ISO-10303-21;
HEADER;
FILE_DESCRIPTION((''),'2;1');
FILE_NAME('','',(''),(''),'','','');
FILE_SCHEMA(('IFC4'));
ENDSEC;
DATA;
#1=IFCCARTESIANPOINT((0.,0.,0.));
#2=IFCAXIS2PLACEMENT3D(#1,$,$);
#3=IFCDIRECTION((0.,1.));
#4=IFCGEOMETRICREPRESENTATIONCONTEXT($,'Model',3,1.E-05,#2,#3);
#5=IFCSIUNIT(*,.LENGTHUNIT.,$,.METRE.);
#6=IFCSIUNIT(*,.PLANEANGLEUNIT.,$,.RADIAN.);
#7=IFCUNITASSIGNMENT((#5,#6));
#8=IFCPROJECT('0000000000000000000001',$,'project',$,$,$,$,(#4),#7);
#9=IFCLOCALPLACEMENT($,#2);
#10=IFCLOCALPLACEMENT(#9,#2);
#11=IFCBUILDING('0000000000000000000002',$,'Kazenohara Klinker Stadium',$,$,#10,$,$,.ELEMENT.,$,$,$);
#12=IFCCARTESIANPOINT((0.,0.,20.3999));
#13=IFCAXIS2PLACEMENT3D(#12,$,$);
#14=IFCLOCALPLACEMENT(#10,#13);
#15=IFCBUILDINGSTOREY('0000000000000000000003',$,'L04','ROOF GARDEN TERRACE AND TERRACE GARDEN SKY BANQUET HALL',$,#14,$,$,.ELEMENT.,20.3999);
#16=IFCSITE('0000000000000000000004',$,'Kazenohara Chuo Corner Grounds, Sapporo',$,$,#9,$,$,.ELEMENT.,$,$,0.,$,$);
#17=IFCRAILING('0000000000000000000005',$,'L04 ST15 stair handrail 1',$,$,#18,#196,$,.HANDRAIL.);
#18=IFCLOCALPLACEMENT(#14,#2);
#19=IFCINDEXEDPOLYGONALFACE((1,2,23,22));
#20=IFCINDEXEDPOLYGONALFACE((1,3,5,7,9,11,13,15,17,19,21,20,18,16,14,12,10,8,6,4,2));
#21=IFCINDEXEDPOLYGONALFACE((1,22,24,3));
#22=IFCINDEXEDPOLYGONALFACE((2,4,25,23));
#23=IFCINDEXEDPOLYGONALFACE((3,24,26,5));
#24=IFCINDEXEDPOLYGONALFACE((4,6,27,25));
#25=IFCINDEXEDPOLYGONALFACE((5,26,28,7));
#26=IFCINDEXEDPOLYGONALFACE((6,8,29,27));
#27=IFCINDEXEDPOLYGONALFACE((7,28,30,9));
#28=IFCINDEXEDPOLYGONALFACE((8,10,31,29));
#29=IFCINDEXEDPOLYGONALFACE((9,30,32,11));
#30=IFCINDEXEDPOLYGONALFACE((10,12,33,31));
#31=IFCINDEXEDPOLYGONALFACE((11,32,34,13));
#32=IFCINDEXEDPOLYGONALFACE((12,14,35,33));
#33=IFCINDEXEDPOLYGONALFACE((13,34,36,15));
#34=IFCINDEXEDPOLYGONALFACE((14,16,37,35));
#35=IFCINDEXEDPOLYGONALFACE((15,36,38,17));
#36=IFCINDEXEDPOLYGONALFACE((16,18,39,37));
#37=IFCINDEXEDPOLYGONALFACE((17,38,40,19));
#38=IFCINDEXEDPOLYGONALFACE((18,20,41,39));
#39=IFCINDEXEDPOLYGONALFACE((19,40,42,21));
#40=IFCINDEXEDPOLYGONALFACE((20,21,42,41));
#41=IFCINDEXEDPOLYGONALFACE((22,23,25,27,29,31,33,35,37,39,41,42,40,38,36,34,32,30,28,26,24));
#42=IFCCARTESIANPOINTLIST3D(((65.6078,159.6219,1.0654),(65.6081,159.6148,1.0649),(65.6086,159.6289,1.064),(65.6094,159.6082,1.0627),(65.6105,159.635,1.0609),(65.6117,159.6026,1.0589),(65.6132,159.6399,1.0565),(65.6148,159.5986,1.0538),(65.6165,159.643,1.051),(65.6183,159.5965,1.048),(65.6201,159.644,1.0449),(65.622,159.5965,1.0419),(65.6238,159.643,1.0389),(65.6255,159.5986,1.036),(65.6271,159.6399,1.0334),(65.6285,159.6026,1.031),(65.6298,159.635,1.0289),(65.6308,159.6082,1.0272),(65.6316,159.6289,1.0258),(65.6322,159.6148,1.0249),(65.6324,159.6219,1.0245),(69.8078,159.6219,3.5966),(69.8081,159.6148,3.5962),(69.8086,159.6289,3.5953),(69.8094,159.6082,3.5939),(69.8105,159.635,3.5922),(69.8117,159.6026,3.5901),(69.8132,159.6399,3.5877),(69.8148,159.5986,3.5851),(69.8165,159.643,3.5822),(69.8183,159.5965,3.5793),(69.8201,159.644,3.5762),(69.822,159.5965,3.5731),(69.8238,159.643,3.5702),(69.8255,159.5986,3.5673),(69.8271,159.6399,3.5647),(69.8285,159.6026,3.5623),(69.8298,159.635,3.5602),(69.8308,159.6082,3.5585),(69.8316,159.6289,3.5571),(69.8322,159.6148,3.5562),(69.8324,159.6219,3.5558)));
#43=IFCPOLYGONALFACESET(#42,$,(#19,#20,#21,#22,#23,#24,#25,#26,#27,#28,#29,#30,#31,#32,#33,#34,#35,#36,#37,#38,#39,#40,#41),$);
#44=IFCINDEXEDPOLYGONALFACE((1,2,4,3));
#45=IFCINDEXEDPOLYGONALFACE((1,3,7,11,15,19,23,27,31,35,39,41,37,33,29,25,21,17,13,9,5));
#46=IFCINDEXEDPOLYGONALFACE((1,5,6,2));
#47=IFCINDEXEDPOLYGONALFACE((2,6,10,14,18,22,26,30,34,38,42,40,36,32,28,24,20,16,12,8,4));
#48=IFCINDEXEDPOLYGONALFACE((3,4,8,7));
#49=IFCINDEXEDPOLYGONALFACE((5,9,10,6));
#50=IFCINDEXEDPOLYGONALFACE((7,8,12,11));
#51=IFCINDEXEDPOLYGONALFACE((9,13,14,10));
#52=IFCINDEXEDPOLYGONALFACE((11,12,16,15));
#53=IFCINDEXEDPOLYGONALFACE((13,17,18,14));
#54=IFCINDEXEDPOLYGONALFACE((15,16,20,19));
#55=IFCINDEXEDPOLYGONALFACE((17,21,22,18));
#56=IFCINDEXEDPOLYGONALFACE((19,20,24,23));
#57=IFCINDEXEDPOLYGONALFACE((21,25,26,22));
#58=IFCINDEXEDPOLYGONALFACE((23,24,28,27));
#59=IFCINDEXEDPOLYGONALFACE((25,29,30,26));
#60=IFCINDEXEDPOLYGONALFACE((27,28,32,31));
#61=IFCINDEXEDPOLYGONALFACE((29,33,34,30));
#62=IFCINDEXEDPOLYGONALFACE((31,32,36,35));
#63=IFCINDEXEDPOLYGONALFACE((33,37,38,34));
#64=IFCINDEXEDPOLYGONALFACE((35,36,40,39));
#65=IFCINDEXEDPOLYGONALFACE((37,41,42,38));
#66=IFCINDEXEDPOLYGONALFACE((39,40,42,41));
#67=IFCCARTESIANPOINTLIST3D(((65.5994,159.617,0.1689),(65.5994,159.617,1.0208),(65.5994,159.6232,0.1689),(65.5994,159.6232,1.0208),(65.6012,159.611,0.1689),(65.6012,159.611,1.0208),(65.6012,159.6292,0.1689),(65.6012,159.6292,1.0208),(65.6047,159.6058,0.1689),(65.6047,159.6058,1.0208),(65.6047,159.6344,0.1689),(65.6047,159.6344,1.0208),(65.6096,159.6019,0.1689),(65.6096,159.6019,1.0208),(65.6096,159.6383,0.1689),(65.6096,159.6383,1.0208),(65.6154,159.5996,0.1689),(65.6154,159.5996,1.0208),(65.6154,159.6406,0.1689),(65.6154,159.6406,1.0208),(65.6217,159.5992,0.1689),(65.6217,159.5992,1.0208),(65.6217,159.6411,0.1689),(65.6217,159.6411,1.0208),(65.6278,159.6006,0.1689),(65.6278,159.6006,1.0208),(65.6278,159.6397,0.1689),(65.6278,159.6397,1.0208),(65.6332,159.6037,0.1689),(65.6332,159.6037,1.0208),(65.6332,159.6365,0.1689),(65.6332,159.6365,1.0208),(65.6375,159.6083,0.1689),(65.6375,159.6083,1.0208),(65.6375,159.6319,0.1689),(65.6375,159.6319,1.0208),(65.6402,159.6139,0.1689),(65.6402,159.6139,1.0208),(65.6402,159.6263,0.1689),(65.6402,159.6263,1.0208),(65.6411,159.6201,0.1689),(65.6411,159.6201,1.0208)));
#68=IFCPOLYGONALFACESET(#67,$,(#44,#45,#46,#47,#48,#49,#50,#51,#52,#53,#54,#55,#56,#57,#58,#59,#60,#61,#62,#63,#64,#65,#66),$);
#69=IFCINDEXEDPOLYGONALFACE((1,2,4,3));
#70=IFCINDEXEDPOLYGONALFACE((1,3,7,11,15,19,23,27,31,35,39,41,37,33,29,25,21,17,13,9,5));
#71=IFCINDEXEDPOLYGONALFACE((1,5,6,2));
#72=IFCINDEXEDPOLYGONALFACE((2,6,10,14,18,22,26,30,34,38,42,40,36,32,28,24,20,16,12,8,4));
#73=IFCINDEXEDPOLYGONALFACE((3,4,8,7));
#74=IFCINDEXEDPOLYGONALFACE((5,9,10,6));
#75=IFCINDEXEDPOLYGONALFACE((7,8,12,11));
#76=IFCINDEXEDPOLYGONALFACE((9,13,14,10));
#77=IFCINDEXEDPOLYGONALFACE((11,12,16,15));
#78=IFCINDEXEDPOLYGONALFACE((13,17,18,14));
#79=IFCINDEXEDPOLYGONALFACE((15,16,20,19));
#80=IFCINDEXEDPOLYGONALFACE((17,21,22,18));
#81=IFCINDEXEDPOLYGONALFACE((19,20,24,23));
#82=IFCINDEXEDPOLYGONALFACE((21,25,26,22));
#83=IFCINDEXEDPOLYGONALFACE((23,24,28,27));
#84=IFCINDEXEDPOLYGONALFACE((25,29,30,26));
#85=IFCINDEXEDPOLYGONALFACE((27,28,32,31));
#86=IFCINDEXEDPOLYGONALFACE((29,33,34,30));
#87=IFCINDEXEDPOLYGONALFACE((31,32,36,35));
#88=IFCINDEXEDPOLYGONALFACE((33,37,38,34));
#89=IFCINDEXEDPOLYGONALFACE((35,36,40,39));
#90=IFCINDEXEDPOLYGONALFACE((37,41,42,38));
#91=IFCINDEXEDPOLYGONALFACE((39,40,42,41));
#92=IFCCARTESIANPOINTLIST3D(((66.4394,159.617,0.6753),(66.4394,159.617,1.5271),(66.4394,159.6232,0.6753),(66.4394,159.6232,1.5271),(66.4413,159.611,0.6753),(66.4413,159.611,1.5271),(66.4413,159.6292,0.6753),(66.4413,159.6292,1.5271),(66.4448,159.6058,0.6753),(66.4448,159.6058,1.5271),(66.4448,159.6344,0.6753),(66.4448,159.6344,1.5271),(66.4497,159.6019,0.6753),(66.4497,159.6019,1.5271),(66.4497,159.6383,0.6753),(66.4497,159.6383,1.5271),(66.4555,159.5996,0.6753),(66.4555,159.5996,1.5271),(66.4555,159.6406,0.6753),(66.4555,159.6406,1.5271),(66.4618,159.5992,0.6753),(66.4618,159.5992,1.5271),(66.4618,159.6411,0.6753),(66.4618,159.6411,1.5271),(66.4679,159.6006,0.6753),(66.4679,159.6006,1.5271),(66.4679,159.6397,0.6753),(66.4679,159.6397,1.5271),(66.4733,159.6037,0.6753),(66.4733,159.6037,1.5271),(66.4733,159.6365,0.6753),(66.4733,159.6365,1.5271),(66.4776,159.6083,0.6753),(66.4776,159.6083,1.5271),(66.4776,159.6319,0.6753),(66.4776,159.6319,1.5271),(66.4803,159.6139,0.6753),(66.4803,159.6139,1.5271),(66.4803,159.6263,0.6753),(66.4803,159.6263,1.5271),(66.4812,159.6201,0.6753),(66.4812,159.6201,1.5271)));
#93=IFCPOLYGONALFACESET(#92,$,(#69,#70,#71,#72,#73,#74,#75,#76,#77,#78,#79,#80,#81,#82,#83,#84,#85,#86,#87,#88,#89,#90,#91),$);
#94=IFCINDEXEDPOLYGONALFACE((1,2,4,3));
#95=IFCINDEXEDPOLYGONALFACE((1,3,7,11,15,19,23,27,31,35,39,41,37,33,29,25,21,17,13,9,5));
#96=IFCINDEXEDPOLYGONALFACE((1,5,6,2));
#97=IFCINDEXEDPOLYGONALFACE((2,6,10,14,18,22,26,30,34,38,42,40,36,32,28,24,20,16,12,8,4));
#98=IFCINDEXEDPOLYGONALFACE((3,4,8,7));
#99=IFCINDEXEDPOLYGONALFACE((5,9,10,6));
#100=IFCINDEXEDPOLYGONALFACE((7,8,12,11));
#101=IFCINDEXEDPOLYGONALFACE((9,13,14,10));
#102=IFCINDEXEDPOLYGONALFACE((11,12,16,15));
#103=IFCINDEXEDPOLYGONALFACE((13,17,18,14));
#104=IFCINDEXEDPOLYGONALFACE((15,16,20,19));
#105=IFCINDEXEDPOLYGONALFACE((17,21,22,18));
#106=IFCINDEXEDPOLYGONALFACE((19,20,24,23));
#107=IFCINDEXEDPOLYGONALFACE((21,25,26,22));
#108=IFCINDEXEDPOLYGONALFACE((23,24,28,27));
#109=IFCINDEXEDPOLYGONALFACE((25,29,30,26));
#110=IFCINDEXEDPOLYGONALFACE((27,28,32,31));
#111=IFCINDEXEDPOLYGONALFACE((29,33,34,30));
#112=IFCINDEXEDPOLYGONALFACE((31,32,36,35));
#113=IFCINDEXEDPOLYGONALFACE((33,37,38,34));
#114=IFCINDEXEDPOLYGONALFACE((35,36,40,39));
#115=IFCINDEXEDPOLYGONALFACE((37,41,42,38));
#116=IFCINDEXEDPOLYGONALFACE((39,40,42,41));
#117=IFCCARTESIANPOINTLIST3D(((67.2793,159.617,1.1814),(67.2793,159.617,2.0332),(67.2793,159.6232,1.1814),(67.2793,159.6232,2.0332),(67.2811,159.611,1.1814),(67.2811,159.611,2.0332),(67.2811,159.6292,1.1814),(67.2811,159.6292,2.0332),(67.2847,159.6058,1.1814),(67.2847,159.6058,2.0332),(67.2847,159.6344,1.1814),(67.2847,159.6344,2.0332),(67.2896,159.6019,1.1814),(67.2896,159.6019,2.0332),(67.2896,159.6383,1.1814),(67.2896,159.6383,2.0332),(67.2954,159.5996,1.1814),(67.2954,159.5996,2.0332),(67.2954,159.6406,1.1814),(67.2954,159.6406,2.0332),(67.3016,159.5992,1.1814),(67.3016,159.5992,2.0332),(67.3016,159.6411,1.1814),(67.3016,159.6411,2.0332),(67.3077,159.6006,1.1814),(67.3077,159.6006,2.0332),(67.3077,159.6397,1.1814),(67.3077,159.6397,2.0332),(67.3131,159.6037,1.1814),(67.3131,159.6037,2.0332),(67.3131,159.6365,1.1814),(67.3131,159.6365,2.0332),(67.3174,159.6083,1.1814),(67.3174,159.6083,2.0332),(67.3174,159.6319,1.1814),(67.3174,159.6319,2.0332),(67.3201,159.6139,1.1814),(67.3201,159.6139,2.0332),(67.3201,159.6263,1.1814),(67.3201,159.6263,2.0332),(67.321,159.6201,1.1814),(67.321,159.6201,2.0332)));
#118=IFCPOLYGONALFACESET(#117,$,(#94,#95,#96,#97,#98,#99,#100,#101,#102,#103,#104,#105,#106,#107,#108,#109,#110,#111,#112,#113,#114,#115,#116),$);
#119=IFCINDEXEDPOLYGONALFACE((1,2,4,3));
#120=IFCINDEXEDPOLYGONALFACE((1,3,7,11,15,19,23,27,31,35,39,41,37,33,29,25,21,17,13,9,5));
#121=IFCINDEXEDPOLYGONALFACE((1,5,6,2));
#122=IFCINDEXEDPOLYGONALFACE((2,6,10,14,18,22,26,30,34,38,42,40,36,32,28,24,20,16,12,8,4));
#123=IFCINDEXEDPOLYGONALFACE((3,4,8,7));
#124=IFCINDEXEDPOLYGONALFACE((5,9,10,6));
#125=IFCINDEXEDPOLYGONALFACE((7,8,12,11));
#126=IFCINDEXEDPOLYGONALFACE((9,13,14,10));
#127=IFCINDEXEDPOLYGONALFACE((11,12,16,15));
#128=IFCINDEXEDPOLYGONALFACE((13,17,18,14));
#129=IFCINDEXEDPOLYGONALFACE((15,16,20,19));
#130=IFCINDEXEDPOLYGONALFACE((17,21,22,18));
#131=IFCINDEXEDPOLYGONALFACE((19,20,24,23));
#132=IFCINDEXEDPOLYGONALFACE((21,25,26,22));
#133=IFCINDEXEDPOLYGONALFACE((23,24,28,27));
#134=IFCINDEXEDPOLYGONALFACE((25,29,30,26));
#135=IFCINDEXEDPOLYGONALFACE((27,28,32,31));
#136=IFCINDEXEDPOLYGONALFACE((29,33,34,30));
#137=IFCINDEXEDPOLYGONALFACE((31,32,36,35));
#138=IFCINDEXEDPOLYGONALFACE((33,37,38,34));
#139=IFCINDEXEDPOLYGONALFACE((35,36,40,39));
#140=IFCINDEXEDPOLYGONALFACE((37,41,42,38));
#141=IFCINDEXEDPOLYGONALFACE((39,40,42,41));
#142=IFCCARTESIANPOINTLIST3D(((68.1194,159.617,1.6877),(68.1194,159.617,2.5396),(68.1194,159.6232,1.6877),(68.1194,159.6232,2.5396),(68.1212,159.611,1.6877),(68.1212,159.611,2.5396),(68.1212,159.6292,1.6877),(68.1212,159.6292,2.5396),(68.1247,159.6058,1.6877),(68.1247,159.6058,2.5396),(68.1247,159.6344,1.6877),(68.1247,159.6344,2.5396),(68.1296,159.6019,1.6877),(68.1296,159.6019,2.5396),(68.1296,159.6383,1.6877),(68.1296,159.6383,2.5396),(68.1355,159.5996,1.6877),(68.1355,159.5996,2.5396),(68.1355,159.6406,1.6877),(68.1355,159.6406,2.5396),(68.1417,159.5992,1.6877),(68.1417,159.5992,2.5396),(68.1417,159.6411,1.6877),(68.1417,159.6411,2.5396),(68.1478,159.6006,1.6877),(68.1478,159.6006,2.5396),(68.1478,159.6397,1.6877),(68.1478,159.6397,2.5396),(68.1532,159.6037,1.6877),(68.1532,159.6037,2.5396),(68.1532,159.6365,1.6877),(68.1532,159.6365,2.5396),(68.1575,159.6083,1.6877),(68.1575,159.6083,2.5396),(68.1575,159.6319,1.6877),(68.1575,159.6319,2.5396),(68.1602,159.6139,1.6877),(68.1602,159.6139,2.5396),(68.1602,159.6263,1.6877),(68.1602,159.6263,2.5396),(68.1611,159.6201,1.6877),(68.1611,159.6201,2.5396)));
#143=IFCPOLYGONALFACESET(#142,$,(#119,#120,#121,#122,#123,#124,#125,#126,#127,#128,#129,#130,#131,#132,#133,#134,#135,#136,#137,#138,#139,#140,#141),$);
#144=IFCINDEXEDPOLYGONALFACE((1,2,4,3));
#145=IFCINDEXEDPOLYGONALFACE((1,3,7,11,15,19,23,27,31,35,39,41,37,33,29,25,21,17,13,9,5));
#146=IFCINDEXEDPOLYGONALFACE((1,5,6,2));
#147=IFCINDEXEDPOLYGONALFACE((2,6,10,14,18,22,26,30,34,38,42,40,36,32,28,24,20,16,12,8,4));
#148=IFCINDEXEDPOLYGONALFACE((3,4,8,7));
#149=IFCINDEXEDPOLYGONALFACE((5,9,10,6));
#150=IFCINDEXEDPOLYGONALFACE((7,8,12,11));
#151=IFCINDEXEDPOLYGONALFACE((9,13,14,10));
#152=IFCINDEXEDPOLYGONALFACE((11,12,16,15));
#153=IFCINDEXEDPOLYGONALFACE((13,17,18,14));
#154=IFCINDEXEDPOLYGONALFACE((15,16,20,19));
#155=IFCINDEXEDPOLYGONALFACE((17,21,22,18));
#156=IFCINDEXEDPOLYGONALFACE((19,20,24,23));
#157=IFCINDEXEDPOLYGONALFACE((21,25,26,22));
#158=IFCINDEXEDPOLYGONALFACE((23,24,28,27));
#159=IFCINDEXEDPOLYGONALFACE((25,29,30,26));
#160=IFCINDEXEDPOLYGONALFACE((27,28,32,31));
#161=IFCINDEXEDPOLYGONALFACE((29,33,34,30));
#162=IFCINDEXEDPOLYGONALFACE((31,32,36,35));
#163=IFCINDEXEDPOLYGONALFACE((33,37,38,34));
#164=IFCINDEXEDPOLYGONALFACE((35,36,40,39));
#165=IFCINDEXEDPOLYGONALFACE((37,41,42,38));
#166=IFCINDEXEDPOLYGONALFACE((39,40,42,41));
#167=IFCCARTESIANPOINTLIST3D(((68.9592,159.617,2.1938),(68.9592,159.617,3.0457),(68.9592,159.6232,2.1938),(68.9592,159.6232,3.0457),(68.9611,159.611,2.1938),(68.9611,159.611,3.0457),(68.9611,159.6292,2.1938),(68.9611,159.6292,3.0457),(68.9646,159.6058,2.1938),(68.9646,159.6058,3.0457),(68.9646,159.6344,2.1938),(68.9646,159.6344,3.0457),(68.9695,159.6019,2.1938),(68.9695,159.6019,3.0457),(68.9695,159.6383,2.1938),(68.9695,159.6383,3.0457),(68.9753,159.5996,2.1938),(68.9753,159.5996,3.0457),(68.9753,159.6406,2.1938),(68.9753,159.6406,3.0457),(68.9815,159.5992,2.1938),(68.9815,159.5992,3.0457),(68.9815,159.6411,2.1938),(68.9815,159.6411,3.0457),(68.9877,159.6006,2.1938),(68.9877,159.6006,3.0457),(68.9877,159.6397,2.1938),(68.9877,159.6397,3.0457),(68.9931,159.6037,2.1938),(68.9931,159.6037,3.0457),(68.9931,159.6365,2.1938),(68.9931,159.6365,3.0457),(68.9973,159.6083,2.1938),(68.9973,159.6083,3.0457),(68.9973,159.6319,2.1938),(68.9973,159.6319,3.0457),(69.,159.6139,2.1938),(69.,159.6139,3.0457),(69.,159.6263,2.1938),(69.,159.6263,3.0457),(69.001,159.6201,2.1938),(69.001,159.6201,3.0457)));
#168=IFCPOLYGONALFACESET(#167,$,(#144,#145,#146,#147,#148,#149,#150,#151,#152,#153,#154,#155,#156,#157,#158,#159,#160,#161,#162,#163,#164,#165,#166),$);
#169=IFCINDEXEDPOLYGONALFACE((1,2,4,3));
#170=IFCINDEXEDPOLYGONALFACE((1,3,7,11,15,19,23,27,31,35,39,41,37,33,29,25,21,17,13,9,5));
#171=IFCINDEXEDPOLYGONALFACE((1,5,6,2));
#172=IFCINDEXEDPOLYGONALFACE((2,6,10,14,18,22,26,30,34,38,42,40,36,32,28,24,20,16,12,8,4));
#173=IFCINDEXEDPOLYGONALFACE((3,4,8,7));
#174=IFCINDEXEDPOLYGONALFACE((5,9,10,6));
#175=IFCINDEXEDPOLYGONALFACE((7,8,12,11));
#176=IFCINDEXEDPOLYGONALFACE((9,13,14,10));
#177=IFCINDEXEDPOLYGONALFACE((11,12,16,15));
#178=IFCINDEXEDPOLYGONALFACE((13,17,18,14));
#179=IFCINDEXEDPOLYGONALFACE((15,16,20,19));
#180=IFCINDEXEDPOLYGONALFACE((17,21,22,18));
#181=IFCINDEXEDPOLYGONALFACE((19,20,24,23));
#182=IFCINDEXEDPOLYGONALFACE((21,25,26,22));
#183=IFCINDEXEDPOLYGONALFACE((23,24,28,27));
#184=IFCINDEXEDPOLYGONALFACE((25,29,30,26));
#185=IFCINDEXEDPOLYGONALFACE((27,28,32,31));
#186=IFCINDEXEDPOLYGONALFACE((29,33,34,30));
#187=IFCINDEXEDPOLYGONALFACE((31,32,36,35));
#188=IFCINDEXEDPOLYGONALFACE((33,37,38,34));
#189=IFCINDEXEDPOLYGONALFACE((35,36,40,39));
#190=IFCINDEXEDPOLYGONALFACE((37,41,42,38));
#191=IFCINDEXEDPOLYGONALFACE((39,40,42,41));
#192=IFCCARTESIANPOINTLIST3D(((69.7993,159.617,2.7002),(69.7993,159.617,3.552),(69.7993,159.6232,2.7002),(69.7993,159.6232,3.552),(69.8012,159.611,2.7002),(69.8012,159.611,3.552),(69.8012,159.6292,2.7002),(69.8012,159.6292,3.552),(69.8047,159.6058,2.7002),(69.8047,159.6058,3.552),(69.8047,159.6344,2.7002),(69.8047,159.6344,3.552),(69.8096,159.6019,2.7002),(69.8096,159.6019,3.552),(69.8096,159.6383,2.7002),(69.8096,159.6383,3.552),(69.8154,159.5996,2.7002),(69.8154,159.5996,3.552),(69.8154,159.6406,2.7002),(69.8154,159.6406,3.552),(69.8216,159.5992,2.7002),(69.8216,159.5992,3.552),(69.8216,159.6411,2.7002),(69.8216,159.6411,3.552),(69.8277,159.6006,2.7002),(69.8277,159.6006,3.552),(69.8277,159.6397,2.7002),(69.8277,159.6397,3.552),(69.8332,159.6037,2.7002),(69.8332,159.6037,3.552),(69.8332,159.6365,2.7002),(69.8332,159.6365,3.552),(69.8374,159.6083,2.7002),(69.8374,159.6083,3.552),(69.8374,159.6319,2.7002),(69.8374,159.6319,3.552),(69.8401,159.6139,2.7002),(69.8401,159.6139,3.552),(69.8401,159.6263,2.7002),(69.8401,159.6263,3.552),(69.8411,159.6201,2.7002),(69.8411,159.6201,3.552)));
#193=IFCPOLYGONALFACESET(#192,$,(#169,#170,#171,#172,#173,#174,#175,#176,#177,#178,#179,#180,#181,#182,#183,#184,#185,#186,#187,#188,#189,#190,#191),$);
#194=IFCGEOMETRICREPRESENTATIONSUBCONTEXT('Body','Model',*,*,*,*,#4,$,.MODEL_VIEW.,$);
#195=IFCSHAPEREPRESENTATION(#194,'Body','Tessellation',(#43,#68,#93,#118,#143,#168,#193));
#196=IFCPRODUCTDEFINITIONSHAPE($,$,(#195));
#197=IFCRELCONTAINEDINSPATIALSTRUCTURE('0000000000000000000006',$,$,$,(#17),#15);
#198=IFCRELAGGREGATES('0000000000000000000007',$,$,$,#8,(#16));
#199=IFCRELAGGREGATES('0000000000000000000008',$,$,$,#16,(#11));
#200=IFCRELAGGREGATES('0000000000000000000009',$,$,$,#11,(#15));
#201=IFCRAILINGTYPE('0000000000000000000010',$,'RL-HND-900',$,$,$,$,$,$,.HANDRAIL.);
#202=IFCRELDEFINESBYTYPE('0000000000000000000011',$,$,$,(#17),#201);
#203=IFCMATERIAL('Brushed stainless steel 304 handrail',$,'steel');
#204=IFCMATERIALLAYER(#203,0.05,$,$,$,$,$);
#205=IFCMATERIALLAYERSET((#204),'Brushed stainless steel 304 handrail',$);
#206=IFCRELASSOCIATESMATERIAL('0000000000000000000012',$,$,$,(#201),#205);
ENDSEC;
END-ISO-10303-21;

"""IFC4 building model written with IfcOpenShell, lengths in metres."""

from ifc_helpers import new_model, si_unit, direction, frame, origin, origin_2d, place, context, subcontext, project, spatial, circle, extrude, material, layer, layer_set, type_object, element, save


model = new_model("IFC4")

# Units and contexts
model_context = context("Model", 3, precision=1e-05, world=origin(), true_north=direction((0.0, 1.0)))
body_context = subcontext(model_context, "Body", "Model", "MODEL_VIEW")
ifc_project = project(units=[si_unit("LENGTHUNIT", "METRE"), si_unit("PLANEANGLEUNIT", "RADIAN")], contexts=[model_context])

# Site, building, storey
site_placement = place(None, origin())
site = spatial("IfcSite", under=ifc_project, at=site_placement, Name="Kazenohara Chuo Corner Grounds, Sapporo", CompositionType="ELEMENT", RefElevation=0.0)
building_placement = place(site_placement, origin())
building = spatial("IfcBuilding", under=site, at=building_placement, Name="Kazenohara Klinker Stadium", CompositionType="ELEMENT")
storey_placement = place(building_placement, frame((0.0, 0.0, 20.3999)))
storey = spatial("IfcBuildingStorey", under=building, at=storey_placement, Name="L04", Description="ROOF GARDEN TERRACE AND TERRACE GARDEN SKY BANQUET HALL", CompositionType="ELEMENT", Elevation=20.3999)

# Railing
ifc_material_1 = material(Name="Brushed stainless steel 304 handrail", Category="steel")
ifc_layer_1 = layer(ifc_material_1, 0.05)
ifc_layer_set_1 = layer_set([ifc_layer_1], Name="Brushed stainless steel 304 handrail")
railing_type_1 = type_object("IfcRailingType", Name="RL-HND-900", PredefinedType="HANDRAIL", material=ifc_layer_set_1)
railing_1_placement = place(storey_placement, frame((65.6201, 159.6201, 0.1689)))
element("IfcRailing", 1, at=railing_1_placement, inside=storey, type_object=railing_type_1, Name="L04 ST15 stair handrail 1", PredefinedType="HANDRAIL", context=body_context, shape_type="SweptSolid", body=[
    extrude(circle(Radius=0.0239, at=origin_2d()), frame((0.0, 0.0, 0.876), z_axis=(0.856476, 0.0, 0.516186), x_axis=(0.0, 1.0, 0.0)), (0.0, 0.0, 1.0), 4.9038),
    extrude(circle(Radius=0.021, at=origin_2d()), origin(), (0.0, 0.0, 1.0), 0.8518),
    extrude(circle(Radius=0.021, at=origin_2d()), frame((0.8401, 0.0, 0.5063)), (0.0, 0.0, 1.0), 0.8518),
    extrude(circle(Radius=0.021, at=origin_2d()), frame((1.6799, 0.0, 1.0125)), (0.0, 0.0, 1.0), 0.8518),
    extrude(circle(Radius=0.021, at=origin_2d()), frame((2.52, 0.0, 1.5188)), (0.0, 0.0, 1.0), 0.8518),
    extrude(circle(Radius=0.021, at=origin_2d()), frame((3.3599, 0.0, 2.0249)), (0.0, 0.0, 1.0), 0.8518),
    extrude(circle(Radius=0.021, at=origin_2d()), frame((4.2, 0.0, 2.5312)), (0.0, 0.0, 1.0), 0.8518),
])

save(model, "model.ifc")
